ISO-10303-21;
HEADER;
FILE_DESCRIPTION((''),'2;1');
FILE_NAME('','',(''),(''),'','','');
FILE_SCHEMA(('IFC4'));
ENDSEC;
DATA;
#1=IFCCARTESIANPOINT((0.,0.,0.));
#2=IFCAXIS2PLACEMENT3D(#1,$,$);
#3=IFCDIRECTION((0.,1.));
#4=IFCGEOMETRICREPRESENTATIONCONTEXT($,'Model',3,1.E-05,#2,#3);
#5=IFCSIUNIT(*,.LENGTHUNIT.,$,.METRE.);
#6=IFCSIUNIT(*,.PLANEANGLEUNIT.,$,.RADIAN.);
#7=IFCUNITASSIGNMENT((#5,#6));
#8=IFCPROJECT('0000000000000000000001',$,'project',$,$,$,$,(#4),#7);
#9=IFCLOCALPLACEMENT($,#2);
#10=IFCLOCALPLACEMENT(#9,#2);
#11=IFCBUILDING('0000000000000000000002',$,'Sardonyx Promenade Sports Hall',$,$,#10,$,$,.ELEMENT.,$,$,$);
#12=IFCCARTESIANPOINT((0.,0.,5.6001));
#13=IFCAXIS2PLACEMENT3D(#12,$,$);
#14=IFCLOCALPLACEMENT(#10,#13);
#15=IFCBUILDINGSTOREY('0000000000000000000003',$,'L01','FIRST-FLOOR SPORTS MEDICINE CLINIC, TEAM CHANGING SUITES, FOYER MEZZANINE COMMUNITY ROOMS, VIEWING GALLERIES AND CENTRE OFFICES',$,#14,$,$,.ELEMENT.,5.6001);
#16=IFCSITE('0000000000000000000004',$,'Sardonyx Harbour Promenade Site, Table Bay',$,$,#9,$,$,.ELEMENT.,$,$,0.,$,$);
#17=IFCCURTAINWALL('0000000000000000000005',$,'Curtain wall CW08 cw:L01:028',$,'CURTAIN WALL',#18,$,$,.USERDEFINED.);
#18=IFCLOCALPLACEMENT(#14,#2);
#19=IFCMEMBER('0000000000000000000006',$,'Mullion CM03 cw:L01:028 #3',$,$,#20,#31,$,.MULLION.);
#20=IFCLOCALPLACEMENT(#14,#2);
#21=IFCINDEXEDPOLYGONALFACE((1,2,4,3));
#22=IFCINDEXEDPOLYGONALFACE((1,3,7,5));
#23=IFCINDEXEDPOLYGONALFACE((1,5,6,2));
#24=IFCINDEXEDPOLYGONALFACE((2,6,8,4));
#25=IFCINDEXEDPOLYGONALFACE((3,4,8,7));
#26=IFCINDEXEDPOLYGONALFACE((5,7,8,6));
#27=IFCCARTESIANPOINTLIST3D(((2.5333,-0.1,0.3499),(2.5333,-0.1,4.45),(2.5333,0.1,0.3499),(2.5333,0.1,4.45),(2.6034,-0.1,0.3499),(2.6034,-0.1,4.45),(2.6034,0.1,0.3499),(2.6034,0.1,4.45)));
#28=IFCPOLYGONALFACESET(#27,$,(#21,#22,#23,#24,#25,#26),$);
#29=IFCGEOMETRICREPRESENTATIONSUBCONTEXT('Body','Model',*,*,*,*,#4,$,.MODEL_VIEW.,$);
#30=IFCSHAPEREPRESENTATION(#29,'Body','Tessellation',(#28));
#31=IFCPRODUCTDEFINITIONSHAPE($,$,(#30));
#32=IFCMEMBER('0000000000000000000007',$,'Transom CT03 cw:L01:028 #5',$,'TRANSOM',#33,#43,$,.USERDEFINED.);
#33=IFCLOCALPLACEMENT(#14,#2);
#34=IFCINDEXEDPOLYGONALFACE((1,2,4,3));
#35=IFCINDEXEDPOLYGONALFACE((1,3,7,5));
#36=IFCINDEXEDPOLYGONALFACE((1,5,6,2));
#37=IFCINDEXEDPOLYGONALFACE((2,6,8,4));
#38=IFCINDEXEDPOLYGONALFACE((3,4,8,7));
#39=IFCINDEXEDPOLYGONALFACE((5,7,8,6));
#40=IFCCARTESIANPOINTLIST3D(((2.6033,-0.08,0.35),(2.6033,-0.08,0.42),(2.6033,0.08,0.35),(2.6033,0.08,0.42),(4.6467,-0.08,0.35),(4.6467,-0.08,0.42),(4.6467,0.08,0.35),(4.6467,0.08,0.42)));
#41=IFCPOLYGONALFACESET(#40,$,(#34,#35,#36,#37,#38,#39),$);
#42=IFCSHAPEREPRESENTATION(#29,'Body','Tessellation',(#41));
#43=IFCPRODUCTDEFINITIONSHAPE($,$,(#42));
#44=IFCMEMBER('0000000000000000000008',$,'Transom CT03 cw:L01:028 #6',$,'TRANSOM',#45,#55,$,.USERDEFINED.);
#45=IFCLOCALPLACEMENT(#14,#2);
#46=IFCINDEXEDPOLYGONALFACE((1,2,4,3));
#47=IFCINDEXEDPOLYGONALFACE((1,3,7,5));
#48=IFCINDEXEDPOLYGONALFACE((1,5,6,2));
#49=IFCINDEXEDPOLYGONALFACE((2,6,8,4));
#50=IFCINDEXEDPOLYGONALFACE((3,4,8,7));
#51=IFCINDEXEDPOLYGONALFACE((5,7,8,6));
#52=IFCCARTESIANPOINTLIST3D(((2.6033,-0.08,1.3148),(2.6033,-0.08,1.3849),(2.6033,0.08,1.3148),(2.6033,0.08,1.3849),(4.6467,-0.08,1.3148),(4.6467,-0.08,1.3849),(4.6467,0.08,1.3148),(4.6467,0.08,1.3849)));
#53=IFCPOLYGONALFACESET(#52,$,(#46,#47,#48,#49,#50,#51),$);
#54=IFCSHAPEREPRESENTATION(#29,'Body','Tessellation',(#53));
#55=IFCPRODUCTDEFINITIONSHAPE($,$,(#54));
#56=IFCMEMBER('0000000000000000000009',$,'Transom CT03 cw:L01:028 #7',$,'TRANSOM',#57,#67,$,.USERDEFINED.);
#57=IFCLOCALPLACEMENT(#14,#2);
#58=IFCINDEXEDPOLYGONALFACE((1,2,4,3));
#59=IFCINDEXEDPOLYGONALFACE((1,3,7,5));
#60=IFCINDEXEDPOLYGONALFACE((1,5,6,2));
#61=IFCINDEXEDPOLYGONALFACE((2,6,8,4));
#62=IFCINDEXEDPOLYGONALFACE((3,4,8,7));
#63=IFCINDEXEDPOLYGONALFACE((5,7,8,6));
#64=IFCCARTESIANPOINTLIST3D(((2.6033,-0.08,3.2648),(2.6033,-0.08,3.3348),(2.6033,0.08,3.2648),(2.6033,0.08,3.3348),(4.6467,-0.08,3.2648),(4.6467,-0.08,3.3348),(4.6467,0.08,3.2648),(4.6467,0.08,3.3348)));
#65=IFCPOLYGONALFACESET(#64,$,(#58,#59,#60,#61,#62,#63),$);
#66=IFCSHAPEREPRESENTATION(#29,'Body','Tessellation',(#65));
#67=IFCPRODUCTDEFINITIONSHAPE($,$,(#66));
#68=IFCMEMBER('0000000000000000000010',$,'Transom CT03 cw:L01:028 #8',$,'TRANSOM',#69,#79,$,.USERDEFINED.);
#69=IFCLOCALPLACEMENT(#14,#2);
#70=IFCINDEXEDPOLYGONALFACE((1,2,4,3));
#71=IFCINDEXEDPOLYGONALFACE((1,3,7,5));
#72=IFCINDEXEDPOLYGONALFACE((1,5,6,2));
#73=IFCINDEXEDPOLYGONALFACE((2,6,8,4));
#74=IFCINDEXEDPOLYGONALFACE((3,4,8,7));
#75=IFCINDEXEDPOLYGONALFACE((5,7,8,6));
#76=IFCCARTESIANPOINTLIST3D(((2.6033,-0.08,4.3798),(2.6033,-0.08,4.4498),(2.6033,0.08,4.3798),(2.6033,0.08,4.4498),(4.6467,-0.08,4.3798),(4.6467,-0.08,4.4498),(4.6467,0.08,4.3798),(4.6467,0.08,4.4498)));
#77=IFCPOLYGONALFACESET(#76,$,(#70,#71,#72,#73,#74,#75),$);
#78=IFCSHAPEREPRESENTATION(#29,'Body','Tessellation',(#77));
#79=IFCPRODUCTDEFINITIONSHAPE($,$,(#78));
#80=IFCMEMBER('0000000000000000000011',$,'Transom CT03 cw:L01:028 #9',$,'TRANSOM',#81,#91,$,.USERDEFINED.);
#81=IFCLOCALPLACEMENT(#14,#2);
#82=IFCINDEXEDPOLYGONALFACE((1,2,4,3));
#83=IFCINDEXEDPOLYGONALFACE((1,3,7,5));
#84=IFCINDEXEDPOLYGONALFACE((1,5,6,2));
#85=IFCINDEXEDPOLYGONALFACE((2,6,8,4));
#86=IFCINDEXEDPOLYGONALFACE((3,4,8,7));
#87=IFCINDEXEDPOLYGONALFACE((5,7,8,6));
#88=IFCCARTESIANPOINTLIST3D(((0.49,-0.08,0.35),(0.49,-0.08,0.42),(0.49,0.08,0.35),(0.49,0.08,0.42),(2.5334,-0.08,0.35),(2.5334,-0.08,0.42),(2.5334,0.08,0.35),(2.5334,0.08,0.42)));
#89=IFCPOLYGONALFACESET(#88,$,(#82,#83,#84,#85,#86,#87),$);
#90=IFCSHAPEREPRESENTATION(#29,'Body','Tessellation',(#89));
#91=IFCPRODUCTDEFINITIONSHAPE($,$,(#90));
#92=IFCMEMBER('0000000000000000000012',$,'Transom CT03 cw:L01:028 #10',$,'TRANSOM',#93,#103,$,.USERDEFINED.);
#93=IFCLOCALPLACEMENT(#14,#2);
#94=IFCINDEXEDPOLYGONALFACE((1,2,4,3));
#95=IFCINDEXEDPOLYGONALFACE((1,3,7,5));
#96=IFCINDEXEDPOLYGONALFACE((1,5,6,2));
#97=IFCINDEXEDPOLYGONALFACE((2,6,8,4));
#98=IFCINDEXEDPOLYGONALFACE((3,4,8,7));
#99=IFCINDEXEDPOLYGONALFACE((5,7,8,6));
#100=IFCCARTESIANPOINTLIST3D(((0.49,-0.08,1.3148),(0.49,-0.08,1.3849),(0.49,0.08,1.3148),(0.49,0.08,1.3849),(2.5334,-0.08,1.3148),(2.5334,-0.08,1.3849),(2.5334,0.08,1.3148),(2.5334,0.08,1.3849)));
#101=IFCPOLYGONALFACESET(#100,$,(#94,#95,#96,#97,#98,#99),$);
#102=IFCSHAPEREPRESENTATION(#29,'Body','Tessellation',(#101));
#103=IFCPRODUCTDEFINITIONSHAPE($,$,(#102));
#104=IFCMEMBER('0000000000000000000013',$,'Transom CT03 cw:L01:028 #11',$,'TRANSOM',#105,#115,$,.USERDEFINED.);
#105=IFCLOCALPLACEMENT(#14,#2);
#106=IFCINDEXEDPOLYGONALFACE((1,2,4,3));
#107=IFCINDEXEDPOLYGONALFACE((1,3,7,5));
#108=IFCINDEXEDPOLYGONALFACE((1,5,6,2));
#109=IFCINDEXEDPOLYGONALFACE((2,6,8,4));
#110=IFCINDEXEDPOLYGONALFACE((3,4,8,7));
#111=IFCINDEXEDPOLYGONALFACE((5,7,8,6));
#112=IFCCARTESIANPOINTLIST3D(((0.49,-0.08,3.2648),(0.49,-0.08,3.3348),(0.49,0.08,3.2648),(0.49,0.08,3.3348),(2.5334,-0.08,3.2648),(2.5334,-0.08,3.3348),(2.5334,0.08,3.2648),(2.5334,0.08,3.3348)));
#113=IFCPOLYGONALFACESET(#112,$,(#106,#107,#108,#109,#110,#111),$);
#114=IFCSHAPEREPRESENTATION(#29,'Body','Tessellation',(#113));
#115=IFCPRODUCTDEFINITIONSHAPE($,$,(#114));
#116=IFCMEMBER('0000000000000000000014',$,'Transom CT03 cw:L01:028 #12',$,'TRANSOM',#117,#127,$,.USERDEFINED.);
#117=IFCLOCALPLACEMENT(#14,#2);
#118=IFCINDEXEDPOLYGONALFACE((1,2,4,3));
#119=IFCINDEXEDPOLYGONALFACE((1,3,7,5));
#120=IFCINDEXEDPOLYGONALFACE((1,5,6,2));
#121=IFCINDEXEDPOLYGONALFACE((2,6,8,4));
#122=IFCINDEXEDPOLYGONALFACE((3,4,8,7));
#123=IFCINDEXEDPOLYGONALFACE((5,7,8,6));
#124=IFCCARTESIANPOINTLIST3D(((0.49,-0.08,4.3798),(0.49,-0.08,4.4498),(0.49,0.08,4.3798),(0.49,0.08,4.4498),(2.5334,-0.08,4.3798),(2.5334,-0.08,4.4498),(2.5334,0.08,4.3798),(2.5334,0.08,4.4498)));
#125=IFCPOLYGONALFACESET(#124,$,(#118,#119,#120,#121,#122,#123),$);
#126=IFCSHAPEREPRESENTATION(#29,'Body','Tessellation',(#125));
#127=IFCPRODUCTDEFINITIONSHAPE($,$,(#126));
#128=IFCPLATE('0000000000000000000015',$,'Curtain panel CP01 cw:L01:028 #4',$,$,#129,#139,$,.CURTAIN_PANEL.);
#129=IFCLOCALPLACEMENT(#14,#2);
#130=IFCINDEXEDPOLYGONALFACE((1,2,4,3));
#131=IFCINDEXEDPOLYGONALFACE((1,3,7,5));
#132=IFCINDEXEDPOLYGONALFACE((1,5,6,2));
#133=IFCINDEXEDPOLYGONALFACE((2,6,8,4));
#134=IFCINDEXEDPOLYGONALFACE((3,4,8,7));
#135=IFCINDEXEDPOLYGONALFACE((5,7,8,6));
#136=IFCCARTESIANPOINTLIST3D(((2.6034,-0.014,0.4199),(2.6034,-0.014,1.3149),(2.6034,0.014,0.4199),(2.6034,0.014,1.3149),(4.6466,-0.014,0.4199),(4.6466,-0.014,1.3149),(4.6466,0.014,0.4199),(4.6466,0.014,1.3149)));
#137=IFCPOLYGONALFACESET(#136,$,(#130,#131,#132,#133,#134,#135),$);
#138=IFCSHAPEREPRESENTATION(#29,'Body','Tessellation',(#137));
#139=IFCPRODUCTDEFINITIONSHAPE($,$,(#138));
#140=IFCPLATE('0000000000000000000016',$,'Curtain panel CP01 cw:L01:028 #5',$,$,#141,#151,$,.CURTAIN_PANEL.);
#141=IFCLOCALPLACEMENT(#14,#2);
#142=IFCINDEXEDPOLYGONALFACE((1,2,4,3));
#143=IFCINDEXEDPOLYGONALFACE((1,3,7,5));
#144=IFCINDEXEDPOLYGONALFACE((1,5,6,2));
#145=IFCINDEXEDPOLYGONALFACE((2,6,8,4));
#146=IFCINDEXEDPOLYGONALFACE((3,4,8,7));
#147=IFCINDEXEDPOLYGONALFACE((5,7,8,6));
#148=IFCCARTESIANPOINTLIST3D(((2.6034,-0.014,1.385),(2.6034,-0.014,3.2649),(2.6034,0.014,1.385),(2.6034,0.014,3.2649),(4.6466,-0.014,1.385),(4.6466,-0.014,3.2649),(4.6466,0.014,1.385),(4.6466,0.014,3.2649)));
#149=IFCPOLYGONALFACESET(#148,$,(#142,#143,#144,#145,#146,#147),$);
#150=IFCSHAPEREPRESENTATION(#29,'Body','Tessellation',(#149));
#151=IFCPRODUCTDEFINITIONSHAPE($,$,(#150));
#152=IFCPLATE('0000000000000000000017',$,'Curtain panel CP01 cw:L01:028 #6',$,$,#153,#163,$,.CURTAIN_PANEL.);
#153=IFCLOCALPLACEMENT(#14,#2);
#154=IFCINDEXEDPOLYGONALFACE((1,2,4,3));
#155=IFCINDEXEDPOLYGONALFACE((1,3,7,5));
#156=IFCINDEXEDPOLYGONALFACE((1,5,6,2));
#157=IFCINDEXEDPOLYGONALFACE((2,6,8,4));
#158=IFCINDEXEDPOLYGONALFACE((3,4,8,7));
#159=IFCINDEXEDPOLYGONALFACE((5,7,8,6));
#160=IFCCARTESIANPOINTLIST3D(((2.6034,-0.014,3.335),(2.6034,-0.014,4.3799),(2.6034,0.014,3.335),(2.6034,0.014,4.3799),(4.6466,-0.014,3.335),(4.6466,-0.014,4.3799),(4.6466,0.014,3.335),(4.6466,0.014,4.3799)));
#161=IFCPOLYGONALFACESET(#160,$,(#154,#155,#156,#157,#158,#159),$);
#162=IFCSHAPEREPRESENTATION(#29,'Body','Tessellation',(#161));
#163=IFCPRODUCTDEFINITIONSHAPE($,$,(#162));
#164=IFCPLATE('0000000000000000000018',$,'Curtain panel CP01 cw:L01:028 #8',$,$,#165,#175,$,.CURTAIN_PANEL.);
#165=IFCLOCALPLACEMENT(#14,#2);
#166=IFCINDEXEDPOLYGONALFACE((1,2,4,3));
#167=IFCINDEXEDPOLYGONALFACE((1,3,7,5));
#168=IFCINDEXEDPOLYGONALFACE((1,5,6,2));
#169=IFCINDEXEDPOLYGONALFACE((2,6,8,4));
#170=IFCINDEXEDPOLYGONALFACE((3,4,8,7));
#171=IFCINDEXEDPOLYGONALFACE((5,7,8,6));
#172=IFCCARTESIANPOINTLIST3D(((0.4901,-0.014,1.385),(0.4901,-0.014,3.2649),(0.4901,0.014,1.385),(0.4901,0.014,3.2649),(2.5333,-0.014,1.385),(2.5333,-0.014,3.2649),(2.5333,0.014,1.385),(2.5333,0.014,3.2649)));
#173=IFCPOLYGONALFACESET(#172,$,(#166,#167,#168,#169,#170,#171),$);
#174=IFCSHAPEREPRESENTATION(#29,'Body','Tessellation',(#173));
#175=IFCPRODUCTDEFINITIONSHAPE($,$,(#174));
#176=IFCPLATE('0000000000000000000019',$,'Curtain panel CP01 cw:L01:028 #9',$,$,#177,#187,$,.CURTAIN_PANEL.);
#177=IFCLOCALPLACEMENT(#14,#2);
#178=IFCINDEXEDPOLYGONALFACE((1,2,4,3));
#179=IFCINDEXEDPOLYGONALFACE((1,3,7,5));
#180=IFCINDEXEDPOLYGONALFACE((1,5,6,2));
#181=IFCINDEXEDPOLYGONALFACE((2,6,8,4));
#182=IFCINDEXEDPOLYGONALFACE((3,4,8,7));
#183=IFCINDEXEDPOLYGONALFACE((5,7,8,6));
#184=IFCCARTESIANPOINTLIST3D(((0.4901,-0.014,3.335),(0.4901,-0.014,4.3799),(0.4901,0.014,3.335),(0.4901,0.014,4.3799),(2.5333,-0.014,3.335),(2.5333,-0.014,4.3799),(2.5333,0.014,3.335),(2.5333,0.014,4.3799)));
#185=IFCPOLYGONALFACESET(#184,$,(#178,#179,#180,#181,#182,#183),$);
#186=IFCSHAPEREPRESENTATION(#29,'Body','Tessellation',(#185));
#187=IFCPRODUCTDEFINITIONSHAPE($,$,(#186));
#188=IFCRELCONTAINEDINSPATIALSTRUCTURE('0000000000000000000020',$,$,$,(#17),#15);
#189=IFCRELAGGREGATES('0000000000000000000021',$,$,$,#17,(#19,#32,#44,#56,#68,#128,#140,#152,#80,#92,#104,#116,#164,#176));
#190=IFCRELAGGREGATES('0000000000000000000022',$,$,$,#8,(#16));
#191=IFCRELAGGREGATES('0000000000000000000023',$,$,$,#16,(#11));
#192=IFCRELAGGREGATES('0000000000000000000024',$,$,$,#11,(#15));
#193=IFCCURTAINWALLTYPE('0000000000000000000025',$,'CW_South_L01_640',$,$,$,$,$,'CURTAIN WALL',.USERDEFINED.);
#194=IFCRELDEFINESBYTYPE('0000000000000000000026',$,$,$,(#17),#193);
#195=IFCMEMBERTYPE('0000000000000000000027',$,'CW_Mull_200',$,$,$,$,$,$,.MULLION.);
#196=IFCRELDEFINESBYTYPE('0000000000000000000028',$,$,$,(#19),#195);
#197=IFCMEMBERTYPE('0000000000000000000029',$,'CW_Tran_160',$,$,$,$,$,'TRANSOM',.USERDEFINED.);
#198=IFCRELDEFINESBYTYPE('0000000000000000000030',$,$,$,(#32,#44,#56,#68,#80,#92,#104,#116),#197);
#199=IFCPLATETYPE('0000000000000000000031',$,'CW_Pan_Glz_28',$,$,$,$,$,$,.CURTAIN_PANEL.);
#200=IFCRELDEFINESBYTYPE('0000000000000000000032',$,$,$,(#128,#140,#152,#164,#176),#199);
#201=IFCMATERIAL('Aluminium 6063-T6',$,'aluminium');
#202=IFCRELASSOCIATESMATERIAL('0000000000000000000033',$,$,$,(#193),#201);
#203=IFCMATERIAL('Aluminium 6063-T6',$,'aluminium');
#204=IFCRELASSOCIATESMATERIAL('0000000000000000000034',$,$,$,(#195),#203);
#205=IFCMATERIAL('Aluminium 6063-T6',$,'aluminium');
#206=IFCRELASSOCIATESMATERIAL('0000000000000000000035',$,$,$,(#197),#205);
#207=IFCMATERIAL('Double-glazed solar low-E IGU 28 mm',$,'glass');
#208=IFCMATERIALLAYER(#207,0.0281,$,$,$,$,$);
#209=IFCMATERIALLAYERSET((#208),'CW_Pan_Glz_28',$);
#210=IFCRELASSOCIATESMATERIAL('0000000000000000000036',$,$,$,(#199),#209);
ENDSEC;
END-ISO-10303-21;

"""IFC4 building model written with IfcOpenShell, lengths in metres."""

from ifc_helpers import new_model, si_unit, direction, frame, origin, origin_2d, place, context, subcontext, project, spatial, rectangle, extrude, material, layer, layer_set, material_profile, profile_set, type_object, element, aggregate, save


model = new_model("IFC4")

# Units and contexts
model_context = context("Model", 3, precision=1e-05, world=origin(), true_north=direction((0.0, 1.0)))
body_context = subcontext(model_context, "Body", "Model", "MODEL_VIEW")
ifc_project = project(units=[si_unit("LENGTHUNIT", "METRE"), si_unit("PLANEANGLEUNIT", "RADIAN")], contexts=[model_context])

# Site, building, storey
site_placement = place(None, origin())
site = spatial("IfcSite", under=ifc_project, at=site_placement, Name="Sardonyx Harbour Promenade Site, Table Bay", CompositionType="ELEMENT", RefElevation=0.0)
building_placement = place(site_placement, origin())
building = spatial("IfcBuilding", under=site, at=building_placement, Name="Sardonyx Promenade Sports Hall", CompositionType="ELEMENT")
storey_placement = place(building_placement, frame((0.0, 0.0, 5.6001)))
storey = spatial("IfcBuildingStorey", under=building, at=storey_placement, Name="L01", Description="FIRST-FLOOR SPORTS MEDICINE CLINIC, TEAM CHANGING SUITES, FOYER MEZZANINE COMMUNITY ROOMS, VIEWING GALLERIES AND CENTRE OFFICES", CompositionType="ELEMENT", Elevation=5.6001)

# Curtain wall, members, plates
ifc_material_1 = material(Name="Aluminium 6063-T6", Category="aluminium")
curtain_wall_type = type_object("IfcCurtainWallType", Name="CW_South_L01_640", ElementType="CURTAIN WALL", PredefinedType="USERDEFINED", material=ifc_material_1)
curtain_wall_placement = place(storey_placement, origin())
curtain_wall = element("IfcCurtainWall", 1, at=curtain_wall_placement, inside=storey, type_object=curtain_wall_type, Name="Curtain wall CW08 cw:L01:028", ObjectType="CURTAIN WALL", PredefinedType="USERDEFINED")
ifc_material_2 = material(Name="Aluminium 6063-T6", Category="aluminium")
ifc_material_profile_1 = material_profile(ifc_material_2, rectangle(XDim=0.0701, YDim=0.2, at=origin_2d()))
ifc_profile_set_1 = profile_set([ifc_material_profile_1], Name="Aluminium 6063-T6")
member_type_1 = type_object("IfcMemberType", Name="CW_Mull_200", PredefinedType="MULLION", material=ifc_profile_set_1)
member_1_placement = place(storey_placement, frame((2.5684, 0.0, 0.3499), z_axis=(0.0, 0.0, 1.0), x_axis=(-1.0, 0.0, 0.0)))
member_1 = element("IfcMember", 2, at=member_1_placement, type_object=member_type_1, Name="Mullion CM03 cw:L01:028 #3", PredefinedType="MULLION", context=body_context, shape_type="SweptSolid", body=[
    extrude(rectangle(XDim=0.0701, YDim=0.2, at=origin_2d()), origin(), (0.0, 0.0, 1.0), 4.1001),
])
ifc_material_3 = material(Name="Aluminium 6063-T6", Category="aluminium")
ifc_material_profile_2 = material_profile(ifc_material_3, rectangle(XDim=0.0701, YDim=0.1599, at=origin_2d()))
ifc_profile_set_2 = profile_set([ifc_material_profile_2], Name="Aluminium 6063-T6")
member_type_2 = type_object("IfcMemberType", Name="CW_Tran_160", ElementType="TRANSOM", PredefinedType="USERDEFINED", material=ifc_profile_set_2)
member_2_placement = place(storey_placement, frame((4.6467, 0.0, 0.385), z_axis=(-1.0, 0.0, 0.0), x_axis=(0.0, 0.0, 1.0)))
member_2 = element("IfcMember", 3, at=member_2_placement, type_object=member_type_2, Name="Transom CT03 cw:L01:028 #5", ObjectType="TRANSOM", PredefinedType="USERDEFINED", context=body_context, shape_type="SweptSolid", body=[
    extrude(rectangle(XDim=0.0701, YDim=0.1599, at=origin_2d()), origin(), (0.0, 0.0, 1.0), 2.0435),
])
member_3_placement = place(storey_placement, frame((4.6467, 0.0, 1.3499), z_axis=(-1.0, 0.0, 0.0), x_axis=(0.0, 0.0, 1.0)))
member_3 = element("IfcMember", 4, at=member_3_placement, type_object=member_type_2, Name="Transom CT03 cw:L01:028 #6", ObjectType="TRANSOM", PredefinedType="USERDEFINED", context=body_context, shape_type="SweptSolid", body=[
    extrude(rectangle(XDim=0.0701, YDim=0.1599, at=origin_2d()), origin(), (0.0, 0.0, 1.0), 2.0435),
])
member_4_placement = place(storey_placement, frame((4.6467, 0.0, 3.2998), z_axis=(-1.0, 0.0, 0.0), x_axis=(0.0, 0.0, 1.0)))
member_4 = element("IfcMember", 5, at=member_4_placement, type_object=member_type_2, Name="Transom CT03 cw:L01:028 #7", ObjectType="TRANSOM", PredefinedType="USERDEFINED", context=body_context, shape_type="SweptSolid", body=[
    extrude(rectangle(XDim=0.0701, YDim=0.1599, at=origin_2d()), origin(), (0.0, 0.0, 1.0), 2.0435),
])
member_5_placement = place(storey_placement, frame((4.6467, 0.0, 4.4148), z_axis=(-1.0, 0.0, 0.0), x_axis=(0.0, 0.0, 1.0)))
member_5 = element("IfcMember", 6, at=member_5_placement, type_object=member_type_2, Name="Transom CT03 cw:L01:028 #8", ObjectType="TRANSOM", PredefinedType="USERDEFINED", context=body_context, shape_type="SweptSolid", body=[
    extrude(rectangle(XDim=0.0701, YDim=0.1599, at=origin_2d()), origin(), (0.0, 0.0, 1.0), 2.0435),
])
member_6_placement = place(storey_placement, frame((2.5334, 0.0, 0.385), z_axis=(-1.0, 0.0, 0.0), x_axis=(0.0, 0.0, 1.0)))
member_6 = element("IfcMember", 7, at=member_6_placement, type_object=member_type_2, Name="Transom CT03 cw:L01:028 #9", ObjectType="TRANSOM", PredefinedType="USERDEFINED", context=body_context, shape_type="SweptSolid", body=[
    extrude(rectangle(XDim=0.0701, YDim=0.1599, at=origin_2d()), origin(), (0.0, 0.0, 1.0), 2.0435),
])
member_7_placement = place(storey_placement, frame((2.5334, 0.0, 1.3499), z_axis=(-1.0, 0.0, 0.0), x_axis=(0.0, 0.0, 1.0)))
member_7 = element("IfcMember", 8, at=member_7_placement, type_object=member_type_2, Name="Transom CT03 cw:L01:028 #10", ObjectType="TRANSOM", PredefinedType="USERDEFINED", context=body_context, shape_type="SweptSolid", body=[
    extrude(rectangle(XDim=0.0701, YDim=0.1599, at=origin_2d()), origin(), (0.0, 0.0, 1.0), 2.0435),
])
member_8_placement = place(storey_placement, frame((2.5334, 0.0, 3.2998), z_axis=(-1.0, 0.0, 0.0), x_axis=(0.0, 0.0, 1.0)))
member_8 = element("IfcMember", 9, at=member_8_placement, type_object=member_type_2, Name="Transom CT03 cw:L01:028 #11", ObjectType="TRANSOM", PredefinedType="USERDEFINED", context=body_context, shape_type="SweptSolid", body=[
    extrude(rectangle(XDim=0.0701, YDim=0.1599, at=origin_2d()), origin(), (0.0, 0.0, 1.0), 2.0435),
])
member_9_placement = place(storey_placement, frame((2.5334, 0.0, 4.4148), z_axis=(-1.0, 0.0, 0.0), x_axis=(0.0, 0.0, 1.0)))
member_9 = element("IfcMember", 10, at=member_9_placement, type_object=member_type_2, Name="Transom CT03 cw:L01:028 #12", ObjectType="TRANSOM", PredefinedType="USERDEFINED", context=body_context, shape_type="SweptSolid", body=[
    extrude(rectangle(XDim=0.0701, YDim=0.1599, at=origin_2d()), origin(), (0.0, 0.0, 1.0), 2.0435),
])
ifc_material_4 = material(Name="Double-glazed solar low-E IGU 28 mm", Category="glass")
ifc_layer_1 = layer(ifc_material_4, 0.0281)
ifc_layer_set_1 = layer_set([ifc_layer_1], Name="CW_Pan_Glz_28")
plate_type = type_object("IfcPlateType", Name="CW_Pan_Glz_28", PredefinedType="CURTAIN_PANEL", material=ifc_layer_set_1)
plate_1_placement = place(storey_placement, frame((3.625, 0.0, 0.4199), z_axis=(0.0, 0.0, 1.0), x_axis=(-1.0, 0.0, 0.0)))
plate_1 = element("IfcPlate", 11, at=plate_1_placement, type_object=plate_type, Name="Curtain panel CP01 cw:L01:028 #4", PredefinedType="CURTAIN_PANEL", context=body_context, shape_type="SweptSolid", body=[
    extrude(rectangle(XDim=2.0432, YDim=0.0281, at=origin_2d()), origin(), (0.0, 0.0, 1.0), 0.895),
])
plate_2_placement = place(storey_placement, frame((3.625, 0.0, 1.385), z_axis=(0.0, 0.0, 1.0), x_axis=(-1.0, 0.0, 0.0)))
plate_2 = element("IfcPlate", 12, at=plate_2_placement, type_object=plate_type, Name="Curtain panel CP01 cw:L01:028 #5", PredefinedType="CURTAIN_PANEL", context=body_context, shape_type="SweptSolid", body=[
    extrude(rectangle(XDim=2.0432, YDim=0.0281, at=origin_2d()), origin(), (0.0, 0.0, 1.0), 1.8799),
])
plate_3_placement = place(storey_placement, frame((3.625, 0.0, 3.335), z_axis=(0.0, 0.0, 1.0), x_axis=(-1.0, 0.0, 0.0)))
plate_3 = element("IfcPlate", 13, at=plate_3_placement, type_object=plate_type, Name="Curtain panel CP01 cw:L01:028 #6", PredefinedType="CURTAIN_PANEL", context=body_context, shape_type="SweptSolid", body=[
    extrude(rectangle(XDim=2.0432, YDim=0.0281, at=origin_2d()), origin(), (0.0, 0.0, 1.0), 1.0449),
])
plate_4_placement = place(storey_placement, frame((1.5117, 0.0, 1.385), z_axis=(0.0, 0.0, 1.0), x_axis=(-1.0, 0.0, 0.0)))
plate_4 = element("IfcPlate", 14, at=plate_4_placement, type_object=plate_type, Name="Curtain panel CP01 cw:L01:028 #8", PredefinedType="CURTAIN_PANEL", context=body_context, shape_type="SweptSolid", body=[
    extrude(rectangle(XDim=2.0432, YDim=0.0281, at=origin_2d()), origin(), (0.0, 0.0, 1.0), 1.8799),
])
plate_5_placement = place(storey_placement, frame((1.5117, 0.0, 3.335), z_axis=(0.0, 0.0, 1.0), x_axis=(-1.0, 0.0, 0.0)))
plate_5 = element("IfcPlate", 15, at=plate_5_placement, type_object=plate_type, Name="Curtain panel CP01 cw:L01:028 #9", PredefinedType="CURTAIN_PANEL", context=body_context, shape_type="SweptSolid", body=[
    extrude(rectangle(XDim=2.0432, YDim=0.0281, at=origin_2d()), origin(), (0.0, 0.0, 1.0), 1.0449),
])
aggregate(curtain_wall, [member_1, member_2, member_3, member_4, member_5, plate_1, plate_2, plate_3, member_6, member_7, member_8, member_9, plate_4, plate_5])

save(model, "model.ifc")
